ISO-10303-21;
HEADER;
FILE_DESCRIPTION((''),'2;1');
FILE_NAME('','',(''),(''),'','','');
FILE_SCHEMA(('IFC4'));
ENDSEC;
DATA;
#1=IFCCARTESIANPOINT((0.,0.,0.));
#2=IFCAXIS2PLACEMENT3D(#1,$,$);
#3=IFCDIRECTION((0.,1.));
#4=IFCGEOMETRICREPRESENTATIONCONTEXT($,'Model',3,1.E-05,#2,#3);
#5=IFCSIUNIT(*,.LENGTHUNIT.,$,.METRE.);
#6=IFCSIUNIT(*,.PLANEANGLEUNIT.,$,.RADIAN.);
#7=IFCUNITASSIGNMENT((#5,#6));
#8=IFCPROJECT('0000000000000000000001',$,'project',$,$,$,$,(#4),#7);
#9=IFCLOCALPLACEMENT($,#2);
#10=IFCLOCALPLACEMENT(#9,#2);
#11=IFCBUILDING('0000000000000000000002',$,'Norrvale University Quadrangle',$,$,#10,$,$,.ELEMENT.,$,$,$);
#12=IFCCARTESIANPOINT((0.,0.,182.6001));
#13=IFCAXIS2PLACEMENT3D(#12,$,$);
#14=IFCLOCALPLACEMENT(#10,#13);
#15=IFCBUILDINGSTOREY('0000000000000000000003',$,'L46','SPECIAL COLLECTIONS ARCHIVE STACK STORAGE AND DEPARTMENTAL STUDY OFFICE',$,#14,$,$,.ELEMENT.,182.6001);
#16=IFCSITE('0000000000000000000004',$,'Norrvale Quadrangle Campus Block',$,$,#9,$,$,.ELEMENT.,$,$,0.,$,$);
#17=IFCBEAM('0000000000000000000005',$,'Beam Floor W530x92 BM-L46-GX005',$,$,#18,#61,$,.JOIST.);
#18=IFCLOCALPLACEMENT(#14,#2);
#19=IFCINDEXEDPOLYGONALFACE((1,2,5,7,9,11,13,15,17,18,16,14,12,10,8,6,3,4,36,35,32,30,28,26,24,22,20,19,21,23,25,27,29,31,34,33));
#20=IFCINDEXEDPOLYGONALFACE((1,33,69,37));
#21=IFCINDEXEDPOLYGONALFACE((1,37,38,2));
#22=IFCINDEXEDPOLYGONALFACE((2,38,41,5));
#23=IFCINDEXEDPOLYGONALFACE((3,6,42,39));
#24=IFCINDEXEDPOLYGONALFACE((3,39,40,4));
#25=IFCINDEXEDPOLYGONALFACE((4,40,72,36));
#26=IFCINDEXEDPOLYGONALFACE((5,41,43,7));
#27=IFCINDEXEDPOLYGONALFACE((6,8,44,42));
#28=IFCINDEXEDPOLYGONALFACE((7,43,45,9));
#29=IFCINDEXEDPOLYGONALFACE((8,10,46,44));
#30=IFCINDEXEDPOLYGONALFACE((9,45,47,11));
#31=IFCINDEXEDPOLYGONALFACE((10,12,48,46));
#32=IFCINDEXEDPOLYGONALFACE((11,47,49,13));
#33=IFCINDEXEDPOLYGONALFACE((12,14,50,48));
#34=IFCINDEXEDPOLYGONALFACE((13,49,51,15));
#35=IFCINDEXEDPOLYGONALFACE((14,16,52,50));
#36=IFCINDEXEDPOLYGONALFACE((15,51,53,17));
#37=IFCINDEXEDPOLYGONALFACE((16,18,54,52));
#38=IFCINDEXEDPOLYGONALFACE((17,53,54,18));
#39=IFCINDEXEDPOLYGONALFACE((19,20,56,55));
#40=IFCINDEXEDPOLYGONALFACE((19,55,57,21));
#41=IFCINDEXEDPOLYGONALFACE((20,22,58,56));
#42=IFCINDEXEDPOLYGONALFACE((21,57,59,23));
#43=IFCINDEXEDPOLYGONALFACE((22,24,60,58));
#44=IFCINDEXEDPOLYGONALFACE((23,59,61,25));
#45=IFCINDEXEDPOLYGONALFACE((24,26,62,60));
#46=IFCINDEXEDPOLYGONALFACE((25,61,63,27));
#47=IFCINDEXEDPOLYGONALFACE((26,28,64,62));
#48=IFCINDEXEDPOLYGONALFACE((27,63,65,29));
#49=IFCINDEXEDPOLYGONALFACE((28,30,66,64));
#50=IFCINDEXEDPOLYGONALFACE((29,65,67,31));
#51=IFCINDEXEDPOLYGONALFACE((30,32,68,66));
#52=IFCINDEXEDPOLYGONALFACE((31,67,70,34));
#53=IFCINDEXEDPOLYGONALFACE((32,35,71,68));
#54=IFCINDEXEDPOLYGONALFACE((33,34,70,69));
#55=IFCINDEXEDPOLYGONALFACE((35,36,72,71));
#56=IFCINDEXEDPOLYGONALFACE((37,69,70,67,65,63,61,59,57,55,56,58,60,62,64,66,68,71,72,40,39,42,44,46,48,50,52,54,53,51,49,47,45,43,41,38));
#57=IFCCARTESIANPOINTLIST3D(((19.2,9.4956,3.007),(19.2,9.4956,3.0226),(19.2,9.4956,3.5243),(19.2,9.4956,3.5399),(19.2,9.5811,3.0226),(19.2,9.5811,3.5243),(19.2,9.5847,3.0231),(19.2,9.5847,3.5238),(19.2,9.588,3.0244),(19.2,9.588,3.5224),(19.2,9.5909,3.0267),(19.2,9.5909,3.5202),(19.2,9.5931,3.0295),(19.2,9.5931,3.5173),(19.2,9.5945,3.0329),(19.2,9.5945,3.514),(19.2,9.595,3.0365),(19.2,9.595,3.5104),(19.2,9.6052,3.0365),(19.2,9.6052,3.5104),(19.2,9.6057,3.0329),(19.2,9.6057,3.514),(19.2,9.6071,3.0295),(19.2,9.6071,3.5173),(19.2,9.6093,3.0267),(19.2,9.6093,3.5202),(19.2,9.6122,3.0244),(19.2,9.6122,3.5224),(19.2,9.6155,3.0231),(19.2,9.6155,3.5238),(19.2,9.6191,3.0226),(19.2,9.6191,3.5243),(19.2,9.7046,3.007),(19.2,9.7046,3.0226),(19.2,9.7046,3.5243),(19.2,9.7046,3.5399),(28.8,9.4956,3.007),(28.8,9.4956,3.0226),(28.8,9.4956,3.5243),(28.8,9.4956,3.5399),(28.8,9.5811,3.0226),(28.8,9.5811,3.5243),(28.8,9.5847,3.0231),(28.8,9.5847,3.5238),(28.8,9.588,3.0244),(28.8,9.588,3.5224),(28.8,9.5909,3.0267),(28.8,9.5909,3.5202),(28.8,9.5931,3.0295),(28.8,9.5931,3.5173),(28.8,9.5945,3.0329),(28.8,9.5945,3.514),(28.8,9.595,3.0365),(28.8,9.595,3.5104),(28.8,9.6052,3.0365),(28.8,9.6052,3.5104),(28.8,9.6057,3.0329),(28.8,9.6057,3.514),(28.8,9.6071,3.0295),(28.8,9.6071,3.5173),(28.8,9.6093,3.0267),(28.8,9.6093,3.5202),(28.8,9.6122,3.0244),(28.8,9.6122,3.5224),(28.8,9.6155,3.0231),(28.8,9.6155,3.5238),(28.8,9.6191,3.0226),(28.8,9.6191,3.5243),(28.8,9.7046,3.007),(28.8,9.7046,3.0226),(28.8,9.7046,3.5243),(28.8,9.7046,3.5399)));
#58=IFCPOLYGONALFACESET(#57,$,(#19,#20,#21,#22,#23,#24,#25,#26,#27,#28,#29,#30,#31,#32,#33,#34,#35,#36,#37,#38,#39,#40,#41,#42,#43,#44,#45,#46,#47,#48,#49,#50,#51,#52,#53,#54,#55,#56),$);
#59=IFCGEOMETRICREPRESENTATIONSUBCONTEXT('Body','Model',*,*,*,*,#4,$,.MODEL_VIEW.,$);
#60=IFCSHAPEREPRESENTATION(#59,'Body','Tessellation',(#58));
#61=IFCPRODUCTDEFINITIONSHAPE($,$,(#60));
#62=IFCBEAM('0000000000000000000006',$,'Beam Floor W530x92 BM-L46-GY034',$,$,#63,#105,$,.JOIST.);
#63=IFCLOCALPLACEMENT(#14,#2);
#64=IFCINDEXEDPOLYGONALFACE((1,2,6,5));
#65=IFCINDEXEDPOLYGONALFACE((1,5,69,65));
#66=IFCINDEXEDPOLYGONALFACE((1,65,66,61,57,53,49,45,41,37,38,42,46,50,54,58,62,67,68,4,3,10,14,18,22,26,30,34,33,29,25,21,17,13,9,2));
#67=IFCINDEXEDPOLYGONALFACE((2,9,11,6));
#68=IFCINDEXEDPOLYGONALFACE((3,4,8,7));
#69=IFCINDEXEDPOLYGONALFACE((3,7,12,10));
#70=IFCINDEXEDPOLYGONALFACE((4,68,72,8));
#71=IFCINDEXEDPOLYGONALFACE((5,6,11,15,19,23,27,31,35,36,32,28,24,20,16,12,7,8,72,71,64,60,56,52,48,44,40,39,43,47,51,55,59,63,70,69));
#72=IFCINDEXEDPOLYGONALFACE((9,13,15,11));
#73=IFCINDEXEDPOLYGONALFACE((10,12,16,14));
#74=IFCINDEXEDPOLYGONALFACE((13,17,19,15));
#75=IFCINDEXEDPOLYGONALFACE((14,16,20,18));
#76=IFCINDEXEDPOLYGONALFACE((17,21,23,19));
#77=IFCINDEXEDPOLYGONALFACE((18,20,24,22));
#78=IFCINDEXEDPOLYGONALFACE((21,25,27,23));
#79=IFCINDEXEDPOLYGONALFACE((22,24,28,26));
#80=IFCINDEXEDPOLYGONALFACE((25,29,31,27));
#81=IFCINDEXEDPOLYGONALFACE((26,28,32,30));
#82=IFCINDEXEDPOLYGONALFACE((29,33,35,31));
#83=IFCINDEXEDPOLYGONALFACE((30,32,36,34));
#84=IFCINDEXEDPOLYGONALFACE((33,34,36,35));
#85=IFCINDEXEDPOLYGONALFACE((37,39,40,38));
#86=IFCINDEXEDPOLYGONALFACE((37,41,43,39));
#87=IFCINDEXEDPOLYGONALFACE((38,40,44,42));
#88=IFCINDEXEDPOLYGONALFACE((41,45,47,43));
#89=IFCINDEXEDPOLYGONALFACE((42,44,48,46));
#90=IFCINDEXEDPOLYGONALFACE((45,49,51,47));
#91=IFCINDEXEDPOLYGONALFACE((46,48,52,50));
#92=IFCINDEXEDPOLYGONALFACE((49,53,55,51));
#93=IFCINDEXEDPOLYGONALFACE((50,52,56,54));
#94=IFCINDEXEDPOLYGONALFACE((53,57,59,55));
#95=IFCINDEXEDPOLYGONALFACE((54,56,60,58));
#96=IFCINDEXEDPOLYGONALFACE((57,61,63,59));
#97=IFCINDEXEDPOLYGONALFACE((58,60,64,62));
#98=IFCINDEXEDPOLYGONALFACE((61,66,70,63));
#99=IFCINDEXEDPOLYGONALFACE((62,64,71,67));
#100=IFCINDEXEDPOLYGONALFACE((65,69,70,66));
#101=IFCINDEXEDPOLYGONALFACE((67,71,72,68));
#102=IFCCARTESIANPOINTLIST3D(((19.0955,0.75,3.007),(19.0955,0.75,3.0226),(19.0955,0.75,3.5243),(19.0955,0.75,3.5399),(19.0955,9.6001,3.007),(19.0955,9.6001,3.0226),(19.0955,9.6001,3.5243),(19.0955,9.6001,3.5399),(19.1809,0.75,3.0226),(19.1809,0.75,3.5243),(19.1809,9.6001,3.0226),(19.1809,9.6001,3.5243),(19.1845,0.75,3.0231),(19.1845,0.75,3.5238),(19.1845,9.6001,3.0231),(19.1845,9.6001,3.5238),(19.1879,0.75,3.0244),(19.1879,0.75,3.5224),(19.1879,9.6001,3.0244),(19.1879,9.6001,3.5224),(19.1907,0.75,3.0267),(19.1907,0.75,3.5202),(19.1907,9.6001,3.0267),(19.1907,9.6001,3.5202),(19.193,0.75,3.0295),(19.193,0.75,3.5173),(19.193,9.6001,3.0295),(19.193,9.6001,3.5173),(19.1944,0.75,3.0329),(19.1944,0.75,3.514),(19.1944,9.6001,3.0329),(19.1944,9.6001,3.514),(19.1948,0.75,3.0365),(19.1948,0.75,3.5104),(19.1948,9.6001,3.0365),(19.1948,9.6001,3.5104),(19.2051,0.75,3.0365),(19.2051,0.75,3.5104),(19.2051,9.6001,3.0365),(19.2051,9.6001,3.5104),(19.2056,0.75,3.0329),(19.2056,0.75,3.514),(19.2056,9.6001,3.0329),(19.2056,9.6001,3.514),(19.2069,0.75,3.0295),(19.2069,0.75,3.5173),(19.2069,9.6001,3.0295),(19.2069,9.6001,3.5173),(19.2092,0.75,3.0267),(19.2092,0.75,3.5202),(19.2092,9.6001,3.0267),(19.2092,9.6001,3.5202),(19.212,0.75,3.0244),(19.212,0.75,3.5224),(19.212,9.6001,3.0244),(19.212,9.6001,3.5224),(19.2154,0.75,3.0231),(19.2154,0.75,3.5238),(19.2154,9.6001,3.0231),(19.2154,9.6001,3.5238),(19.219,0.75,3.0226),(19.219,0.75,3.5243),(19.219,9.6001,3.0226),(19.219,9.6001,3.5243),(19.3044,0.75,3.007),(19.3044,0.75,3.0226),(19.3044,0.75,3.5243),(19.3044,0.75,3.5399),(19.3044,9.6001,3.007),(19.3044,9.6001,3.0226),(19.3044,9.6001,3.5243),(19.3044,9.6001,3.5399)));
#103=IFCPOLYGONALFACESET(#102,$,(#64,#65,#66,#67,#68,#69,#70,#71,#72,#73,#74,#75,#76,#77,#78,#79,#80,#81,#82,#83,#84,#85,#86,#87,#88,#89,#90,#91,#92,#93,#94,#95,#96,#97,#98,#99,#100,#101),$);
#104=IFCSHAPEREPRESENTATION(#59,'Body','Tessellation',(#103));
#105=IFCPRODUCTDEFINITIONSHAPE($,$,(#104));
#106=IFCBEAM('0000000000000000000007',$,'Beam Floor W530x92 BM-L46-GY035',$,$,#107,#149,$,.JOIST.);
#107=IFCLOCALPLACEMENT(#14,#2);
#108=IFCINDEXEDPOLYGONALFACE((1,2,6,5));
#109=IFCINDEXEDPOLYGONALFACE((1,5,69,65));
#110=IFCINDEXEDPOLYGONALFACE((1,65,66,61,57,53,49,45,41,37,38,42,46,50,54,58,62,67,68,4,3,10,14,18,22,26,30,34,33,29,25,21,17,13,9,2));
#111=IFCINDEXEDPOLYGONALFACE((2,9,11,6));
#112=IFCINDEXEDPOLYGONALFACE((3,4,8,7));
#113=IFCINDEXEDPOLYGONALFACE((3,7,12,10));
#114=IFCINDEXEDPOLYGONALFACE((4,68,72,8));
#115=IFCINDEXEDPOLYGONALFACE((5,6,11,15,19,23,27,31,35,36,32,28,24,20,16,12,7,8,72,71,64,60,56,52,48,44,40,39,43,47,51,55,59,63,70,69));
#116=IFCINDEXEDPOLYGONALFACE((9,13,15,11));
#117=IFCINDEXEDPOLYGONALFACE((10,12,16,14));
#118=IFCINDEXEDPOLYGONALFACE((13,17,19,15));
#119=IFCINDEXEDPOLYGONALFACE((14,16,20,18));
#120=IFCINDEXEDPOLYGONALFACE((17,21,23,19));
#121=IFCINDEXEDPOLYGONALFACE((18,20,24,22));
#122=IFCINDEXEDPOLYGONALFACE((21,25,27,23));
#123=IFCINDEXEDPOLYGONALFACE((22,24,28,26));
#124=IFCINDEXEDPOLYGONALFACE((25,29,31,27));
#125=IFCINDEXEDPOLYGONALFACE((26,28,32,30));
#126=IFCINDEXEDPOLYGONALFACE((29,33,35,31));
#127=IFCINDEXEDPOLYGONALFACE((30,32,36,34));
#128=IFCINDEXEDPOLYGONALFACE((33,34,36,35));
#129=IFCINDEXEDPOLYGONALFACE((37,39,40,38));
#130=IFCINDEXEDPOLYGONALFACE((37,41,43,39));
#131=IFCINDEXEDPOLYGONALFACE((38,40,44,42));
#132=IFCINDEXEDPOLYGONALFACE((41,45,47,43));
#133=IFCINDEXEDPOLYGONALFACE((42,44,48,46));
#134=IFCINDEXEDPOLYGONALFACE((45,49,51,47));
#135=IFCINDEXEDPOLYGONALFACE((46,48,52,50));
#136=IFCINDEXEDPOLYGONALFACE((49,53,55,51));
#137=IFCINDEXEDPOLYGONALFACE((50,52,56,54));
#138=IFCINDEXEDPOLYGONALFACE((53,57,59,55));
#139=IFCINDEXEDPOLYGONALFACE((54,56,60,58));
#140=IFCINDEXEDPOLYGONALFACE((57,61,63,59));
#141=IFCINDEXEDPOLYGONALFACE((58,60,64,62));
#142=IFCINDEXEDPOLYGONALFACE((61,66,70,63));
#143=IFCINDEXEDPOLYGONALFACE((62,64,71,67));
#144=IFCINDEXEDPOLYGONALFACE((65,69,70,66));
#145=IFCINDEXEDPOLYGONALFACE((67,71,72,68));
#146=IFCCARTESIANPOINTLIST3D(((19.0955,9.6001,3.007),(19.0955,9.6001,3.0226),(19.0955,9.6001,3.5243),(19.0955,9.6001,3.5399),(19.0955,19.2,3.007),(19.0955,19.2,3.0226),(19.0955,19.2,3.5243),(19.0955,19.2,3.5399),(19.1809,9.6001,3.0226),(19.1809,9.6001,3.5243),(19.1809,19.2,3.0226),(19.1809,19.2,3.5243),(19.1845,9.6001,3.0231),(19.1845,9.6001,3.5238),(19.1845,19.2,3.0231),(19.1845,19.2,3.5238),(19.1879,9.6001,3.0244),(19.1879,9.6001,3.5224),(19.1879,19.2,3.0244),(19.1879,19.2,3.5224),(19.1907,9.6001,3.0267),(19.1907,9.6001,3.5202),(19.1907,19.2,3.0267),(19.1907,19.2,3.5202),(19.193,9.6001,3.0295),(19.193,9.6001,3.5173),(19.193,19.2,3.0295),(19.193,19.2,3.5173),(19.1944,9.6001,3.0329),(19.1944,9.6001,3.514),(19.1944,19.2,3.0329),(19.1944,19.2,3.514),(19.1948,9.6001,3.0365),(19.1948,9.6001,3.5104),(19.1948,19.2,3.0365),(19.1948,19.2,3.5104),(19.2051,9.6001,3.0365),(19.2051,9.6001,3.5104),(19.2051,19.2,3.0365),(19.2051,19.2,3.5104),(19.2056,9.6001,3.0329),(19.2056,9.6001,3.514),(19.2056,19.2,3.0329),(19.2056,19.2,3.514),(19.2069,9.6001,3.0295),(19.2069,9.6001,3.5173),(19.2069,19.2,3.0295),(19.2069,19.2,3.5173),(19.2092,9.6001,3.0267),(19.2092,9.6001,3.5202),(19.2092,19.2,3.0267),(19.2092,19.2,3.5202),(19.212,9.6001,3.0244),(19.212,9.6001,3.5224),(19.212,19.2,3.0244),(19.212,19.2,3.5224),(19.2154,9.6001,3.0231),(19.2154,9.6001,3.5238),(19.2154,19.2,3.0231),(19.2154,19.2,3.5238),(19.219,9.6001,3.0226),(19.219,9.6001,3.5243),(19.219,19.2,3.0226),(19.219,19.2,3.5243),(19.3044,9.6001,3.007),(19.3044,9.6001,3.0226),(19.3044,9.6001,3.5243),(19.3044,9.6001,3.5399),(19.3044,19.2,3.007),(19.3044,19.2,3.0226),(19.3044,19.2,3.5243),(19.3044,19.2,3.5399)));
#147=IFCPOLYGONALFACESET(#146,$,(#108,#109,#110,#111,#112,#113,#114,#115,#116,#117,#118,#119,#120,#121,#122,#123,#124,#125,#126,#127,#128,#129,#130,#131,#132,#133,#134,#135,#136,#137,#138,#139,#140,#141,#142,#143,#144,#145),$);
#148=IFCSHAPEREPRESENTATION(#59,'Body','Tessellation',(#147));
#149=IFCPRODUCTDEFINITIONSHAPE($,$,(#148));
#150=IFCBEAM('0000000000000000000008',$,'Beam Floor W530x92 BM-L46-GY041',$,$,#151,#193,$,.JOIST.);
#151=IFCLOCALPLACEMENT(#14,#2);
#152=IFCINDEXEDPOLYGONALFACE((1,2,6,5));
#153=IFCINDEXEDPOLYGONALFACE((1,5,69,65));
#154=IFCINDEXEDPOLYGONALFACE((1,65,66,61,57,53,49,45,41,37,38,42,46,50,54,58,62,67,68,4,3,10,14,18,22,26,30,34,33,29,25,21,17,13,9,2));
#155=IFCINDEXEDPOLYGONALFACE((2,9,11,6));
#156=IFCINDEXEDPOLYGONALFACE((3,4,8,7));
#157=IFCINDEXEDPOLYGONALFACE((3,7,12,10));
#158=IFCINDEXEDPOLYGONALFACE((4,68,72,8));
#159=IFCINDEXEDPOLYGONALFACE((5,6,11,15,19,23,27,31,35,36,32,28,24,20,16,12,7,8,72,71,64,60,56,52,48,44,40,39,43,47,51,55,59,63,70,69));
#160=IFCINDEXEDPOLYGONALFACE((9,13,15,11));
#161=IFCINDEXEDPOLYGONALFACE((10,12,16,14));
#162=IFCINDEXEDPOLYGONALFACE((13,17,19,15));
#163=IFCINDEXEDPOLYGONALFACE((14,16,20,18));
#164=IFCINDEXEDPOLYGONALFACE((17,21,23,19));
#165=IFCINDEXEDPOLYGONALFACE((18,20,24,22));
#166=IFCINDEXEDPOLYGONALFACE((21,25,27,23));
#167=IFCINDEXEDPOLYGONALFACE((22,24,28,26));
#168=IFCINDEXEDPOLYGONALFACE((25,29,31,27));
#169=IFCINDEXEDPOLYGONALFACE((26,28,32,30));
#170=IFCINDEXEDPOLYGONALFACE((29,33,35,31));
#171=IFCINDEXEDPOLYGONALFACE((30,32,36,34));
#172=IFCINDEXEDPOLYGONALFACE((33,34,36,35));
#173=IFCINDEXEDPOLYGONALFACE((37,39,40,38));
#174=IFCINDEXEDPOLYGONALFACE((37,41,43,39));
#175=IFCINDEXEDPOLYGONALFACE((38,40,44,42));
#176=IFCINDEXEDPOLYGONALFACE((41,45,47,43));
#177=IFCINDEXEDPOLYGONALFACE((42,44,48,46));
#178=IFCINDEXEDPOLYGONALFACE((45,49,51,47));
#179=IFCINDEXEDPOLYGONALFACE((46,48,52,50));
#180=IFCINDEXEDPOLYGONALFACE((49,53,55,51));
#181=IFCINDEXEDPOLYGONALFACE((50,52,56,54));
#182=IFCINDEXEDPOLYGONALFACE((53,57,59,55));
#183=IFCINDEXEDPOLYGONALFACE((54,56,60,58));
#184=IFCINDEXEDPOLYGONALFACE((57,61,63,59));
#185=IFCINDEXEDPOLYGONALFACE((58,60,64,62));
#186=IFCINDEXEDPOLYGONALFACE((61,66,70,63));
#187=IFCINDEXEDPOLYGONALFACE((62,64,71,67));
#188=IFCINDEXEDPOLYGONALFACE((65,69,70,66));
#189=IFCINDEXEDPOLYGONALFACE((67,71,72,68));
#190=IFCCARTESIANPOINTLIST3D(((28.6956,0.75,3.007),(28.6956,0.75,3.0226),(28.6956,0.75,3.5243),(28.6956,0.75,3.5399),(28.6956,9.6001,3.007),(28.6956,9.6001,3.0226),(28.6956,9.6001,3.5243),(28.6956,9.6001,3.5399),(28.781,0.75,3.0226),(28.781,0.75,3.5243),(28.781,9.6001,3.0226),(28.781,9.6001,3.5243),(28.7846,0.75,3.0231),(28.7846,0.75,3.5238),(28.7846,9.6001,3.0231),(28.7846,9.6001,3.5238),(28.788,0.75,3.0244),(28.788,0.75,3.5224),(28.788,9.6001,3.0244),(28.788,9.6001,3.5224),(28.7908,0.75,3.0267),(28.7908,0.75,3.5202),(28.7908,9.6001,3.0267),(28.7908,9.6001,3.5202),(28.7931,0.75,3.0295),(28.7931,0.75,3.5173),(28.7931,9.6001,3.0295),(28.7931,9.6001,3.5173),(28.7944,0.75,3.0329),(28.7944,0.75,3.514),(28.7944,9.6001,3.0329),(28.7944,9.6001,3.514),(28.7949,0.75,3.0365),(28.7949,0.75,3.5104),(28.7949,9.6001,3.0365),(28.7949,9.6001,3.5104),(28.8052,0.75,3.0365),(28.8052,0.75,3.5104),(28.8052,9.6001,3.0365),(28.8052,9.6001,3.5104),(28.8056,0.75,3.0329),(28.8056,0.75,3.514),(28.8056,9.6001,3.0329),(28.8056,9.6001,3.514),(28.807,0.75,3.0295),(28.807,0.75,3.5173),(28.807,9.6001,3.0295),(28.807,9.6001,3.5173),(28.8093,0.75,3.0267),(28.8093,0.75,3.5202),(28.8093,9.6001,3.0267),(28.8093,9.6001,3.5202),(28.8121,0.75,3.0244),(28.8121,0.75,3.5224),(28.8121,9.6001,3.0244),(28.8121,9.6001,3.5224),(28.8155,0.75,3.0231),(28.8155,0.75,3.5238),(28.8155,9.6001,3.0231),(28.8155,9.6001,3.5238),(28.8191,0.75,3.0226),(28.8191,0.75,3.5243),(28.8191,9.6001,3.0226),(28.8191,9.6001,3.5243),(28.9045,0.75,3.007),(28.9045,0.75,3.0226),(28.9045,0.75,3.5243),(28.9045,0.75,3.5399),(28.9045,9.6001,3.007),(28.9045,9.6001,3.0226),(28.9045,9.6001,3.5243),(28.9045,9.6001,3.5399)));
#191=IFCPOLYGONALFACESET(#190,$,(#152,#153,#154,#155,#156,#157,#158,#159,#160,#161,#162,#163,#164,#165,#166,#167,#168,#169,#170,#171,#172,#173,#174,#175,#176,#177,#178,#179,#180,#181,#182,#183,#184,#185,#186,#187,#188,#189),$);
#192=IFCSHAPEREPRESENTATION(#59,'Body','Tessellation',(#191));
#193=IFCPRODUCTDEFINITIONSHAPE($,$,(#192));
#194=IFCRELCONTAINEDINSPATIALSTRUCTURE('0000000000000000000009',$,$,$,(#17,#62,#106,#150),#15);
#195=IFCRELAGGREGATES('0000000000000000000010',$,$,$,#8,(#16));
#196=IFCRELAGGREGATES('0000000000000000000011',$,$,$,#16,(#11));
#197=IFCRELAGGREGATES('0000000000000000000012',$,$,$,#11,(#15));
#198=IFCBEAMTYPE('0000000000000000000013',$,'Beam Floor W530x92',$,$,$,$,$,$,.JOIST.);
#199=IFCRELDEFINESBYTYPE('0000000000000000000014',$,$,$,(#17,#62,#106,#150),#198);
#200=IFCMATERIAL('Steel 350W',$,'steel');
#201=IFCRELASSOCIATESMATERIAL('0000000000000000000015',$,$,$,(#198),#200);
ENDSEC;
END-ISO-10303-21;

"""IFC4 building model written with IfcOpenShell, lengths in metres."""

from ifc_helpers import new_model, si_unit, direction, frame, origin, origin_2d, place, context, subcontext, project, spatial, i_section, extrude, material, material_profile, profile_set, type_object, element, save


model = new_model("IFC4")

# Units and contexts
model_context = context("Model", 3, precision=1e-05, world=origin(), true_north=direction((0.0, 1.0)))
body_context = subcontext(model_context, "Body", "Model", "MODEL_VIEW")
ifc_project = project(units=[si_unit("LENGTHUNIT", "METRE"), si_unit("PLANEANGLEUNIT", "RADIAN")], contexts=[model_context])

# Site, building, storey
site_placement = place(None, origin())
site = spatial("IfcSite", under=ifc_project, at=site_placement, Name="Norrvale Quadrangle Campus Block", CompositionType="ELEMENT", RefElevation=0.0)
building_placement = place(site_placement, origin())
building = spatial("IfcBuilding", under=site, at=building_placement, Name="Norrvale University Quadrangle", CompositionType="ELEMENT")
storey_placement = place(building_placement, frame((0.0, 0.0, 182.6001)))
storey = spatial("IfcBuildingStorey", under=building, at=storey_placement, Name="L46", Description="SPECIAL COLLECTIONS ARCHIVE STACK STORAGE AND DEPARTMENTAL STUDY OFFICE", CompositionType="ELEMENT", Elevation=182.6001)

# Beams
ifc_material_1 = material(Name="Steel 350W", Category="steel")
ifc_material_profile_1 = material_profile(ifc_material_1, i_section(OverallWidth=0.209, OverallDepth=0.533, WebThickness=0.0103, FlangeThickness=0.0156, FilletRadius=0.0139, at=origin_2d()), Name="Steel 350W")
ifc_profile_set_1 = profile_set([ifc_material_profile_1], Name="Steel 350W")
beam_type_1 = type_object("IfcBeamType", Name="Beam Floor W530x92", PredefinedType="JOIST", material=ifc_profile_set_1)
beam_1_placement = place(storey_placement, frame((19.2, 9.6001, 3.2734), z_axis=(1.0, 0.0, 0.0), x_axis=(0.0, 1.0, 0.0)))
element("IfcBeam", 1, at=beam_1_placement, inside=storey, type_object=beam_type_1, Name="Beam Floor W530x92 BM-L46-GX005", PredefinedType="JOIST", context=body_context, shape_type="SweptSolid", body=[
    extrude(i_section(OverallWidth=0.209, OverallDepth=0.533, WebThickness=0.0103, FlangeThickness=0.0156, FilletRadius=0.0139, at=origin_2d()), origin(), (0.0, 0.0, 1.0), 9.6001),
])
beam_2_placement = place(storey_placement, frame((19.2, 0.75, 3.2734), z_axis=(0.0, 1.0, 0.0), x_axis=(-1.0, 0.0, 0.0)))
element("IfcBeam", 2, at=beam_2_placement, inside=storey, type_object=beam_type_1, Name="Beam Floor W530x92 BM-L46-GY034", PredefinedType="JOIST", context=body_context, shape_type="SweptSolid", body=[
    extrude(i_section(OverallWidth=0.209, OverallDepth=0.533, WebThickness=0.0103, FlangeThickness=0.0156, FilletRadius=0.0139, at=origin_2d()), origin(), (0.0, 0.0, 1.0), 8.8501),
])
beam_3_placement = place(storey_placement, frame((19.2, 9.6001, 3.2734), z_axis=(0.0, 1.0, 0.0), x_axis=(-1.0, 0.0, 0.0)))
element("IfcBeam", 3, at=beam_3_placement, inside=storey, type_object=beam_type_1, Name="Beam Floor W530x92 BM-L46-GY035", PredefinedType="JOIST", context=body_context, shape_type="SweptSolid", body=[
    extrude(i_section(OverallWidth=0.209, OverallDepth=0.533, WebThickness=0.0103, FlangeThickness=0.0156, FilletRadius=0.0139, at=origin_2d()), origin(), (0.0, 0.0, 1.0), 9.5999),
])
beam_4_placement = place(storey_placement, frame((28.8, 0.75, 3.2734), z_axis=(0.0, 1.0, 0.0), x_axis=(-1.0, 0.0, 0.0)))
element("IfcBeam", 4, at=beam_4_placement, inside=storey, type_object=beam_type_1, Name="Beam Floor W530x92 BM-L46-GY041", PredefinedType="JOIST", context=body_context, shape_type="SweptSolid", body=[
    extrude(i_section(OverallWidth=0.209, OverallDepth=0.533, WebThickness=0.0103, FlangeThickness=0.0156, FilletRadius=0.0139, at=origin_2d()), origin(), (0.0, 0.0, 1.0), 8.8501),
])

save(model, "model.ifc")
